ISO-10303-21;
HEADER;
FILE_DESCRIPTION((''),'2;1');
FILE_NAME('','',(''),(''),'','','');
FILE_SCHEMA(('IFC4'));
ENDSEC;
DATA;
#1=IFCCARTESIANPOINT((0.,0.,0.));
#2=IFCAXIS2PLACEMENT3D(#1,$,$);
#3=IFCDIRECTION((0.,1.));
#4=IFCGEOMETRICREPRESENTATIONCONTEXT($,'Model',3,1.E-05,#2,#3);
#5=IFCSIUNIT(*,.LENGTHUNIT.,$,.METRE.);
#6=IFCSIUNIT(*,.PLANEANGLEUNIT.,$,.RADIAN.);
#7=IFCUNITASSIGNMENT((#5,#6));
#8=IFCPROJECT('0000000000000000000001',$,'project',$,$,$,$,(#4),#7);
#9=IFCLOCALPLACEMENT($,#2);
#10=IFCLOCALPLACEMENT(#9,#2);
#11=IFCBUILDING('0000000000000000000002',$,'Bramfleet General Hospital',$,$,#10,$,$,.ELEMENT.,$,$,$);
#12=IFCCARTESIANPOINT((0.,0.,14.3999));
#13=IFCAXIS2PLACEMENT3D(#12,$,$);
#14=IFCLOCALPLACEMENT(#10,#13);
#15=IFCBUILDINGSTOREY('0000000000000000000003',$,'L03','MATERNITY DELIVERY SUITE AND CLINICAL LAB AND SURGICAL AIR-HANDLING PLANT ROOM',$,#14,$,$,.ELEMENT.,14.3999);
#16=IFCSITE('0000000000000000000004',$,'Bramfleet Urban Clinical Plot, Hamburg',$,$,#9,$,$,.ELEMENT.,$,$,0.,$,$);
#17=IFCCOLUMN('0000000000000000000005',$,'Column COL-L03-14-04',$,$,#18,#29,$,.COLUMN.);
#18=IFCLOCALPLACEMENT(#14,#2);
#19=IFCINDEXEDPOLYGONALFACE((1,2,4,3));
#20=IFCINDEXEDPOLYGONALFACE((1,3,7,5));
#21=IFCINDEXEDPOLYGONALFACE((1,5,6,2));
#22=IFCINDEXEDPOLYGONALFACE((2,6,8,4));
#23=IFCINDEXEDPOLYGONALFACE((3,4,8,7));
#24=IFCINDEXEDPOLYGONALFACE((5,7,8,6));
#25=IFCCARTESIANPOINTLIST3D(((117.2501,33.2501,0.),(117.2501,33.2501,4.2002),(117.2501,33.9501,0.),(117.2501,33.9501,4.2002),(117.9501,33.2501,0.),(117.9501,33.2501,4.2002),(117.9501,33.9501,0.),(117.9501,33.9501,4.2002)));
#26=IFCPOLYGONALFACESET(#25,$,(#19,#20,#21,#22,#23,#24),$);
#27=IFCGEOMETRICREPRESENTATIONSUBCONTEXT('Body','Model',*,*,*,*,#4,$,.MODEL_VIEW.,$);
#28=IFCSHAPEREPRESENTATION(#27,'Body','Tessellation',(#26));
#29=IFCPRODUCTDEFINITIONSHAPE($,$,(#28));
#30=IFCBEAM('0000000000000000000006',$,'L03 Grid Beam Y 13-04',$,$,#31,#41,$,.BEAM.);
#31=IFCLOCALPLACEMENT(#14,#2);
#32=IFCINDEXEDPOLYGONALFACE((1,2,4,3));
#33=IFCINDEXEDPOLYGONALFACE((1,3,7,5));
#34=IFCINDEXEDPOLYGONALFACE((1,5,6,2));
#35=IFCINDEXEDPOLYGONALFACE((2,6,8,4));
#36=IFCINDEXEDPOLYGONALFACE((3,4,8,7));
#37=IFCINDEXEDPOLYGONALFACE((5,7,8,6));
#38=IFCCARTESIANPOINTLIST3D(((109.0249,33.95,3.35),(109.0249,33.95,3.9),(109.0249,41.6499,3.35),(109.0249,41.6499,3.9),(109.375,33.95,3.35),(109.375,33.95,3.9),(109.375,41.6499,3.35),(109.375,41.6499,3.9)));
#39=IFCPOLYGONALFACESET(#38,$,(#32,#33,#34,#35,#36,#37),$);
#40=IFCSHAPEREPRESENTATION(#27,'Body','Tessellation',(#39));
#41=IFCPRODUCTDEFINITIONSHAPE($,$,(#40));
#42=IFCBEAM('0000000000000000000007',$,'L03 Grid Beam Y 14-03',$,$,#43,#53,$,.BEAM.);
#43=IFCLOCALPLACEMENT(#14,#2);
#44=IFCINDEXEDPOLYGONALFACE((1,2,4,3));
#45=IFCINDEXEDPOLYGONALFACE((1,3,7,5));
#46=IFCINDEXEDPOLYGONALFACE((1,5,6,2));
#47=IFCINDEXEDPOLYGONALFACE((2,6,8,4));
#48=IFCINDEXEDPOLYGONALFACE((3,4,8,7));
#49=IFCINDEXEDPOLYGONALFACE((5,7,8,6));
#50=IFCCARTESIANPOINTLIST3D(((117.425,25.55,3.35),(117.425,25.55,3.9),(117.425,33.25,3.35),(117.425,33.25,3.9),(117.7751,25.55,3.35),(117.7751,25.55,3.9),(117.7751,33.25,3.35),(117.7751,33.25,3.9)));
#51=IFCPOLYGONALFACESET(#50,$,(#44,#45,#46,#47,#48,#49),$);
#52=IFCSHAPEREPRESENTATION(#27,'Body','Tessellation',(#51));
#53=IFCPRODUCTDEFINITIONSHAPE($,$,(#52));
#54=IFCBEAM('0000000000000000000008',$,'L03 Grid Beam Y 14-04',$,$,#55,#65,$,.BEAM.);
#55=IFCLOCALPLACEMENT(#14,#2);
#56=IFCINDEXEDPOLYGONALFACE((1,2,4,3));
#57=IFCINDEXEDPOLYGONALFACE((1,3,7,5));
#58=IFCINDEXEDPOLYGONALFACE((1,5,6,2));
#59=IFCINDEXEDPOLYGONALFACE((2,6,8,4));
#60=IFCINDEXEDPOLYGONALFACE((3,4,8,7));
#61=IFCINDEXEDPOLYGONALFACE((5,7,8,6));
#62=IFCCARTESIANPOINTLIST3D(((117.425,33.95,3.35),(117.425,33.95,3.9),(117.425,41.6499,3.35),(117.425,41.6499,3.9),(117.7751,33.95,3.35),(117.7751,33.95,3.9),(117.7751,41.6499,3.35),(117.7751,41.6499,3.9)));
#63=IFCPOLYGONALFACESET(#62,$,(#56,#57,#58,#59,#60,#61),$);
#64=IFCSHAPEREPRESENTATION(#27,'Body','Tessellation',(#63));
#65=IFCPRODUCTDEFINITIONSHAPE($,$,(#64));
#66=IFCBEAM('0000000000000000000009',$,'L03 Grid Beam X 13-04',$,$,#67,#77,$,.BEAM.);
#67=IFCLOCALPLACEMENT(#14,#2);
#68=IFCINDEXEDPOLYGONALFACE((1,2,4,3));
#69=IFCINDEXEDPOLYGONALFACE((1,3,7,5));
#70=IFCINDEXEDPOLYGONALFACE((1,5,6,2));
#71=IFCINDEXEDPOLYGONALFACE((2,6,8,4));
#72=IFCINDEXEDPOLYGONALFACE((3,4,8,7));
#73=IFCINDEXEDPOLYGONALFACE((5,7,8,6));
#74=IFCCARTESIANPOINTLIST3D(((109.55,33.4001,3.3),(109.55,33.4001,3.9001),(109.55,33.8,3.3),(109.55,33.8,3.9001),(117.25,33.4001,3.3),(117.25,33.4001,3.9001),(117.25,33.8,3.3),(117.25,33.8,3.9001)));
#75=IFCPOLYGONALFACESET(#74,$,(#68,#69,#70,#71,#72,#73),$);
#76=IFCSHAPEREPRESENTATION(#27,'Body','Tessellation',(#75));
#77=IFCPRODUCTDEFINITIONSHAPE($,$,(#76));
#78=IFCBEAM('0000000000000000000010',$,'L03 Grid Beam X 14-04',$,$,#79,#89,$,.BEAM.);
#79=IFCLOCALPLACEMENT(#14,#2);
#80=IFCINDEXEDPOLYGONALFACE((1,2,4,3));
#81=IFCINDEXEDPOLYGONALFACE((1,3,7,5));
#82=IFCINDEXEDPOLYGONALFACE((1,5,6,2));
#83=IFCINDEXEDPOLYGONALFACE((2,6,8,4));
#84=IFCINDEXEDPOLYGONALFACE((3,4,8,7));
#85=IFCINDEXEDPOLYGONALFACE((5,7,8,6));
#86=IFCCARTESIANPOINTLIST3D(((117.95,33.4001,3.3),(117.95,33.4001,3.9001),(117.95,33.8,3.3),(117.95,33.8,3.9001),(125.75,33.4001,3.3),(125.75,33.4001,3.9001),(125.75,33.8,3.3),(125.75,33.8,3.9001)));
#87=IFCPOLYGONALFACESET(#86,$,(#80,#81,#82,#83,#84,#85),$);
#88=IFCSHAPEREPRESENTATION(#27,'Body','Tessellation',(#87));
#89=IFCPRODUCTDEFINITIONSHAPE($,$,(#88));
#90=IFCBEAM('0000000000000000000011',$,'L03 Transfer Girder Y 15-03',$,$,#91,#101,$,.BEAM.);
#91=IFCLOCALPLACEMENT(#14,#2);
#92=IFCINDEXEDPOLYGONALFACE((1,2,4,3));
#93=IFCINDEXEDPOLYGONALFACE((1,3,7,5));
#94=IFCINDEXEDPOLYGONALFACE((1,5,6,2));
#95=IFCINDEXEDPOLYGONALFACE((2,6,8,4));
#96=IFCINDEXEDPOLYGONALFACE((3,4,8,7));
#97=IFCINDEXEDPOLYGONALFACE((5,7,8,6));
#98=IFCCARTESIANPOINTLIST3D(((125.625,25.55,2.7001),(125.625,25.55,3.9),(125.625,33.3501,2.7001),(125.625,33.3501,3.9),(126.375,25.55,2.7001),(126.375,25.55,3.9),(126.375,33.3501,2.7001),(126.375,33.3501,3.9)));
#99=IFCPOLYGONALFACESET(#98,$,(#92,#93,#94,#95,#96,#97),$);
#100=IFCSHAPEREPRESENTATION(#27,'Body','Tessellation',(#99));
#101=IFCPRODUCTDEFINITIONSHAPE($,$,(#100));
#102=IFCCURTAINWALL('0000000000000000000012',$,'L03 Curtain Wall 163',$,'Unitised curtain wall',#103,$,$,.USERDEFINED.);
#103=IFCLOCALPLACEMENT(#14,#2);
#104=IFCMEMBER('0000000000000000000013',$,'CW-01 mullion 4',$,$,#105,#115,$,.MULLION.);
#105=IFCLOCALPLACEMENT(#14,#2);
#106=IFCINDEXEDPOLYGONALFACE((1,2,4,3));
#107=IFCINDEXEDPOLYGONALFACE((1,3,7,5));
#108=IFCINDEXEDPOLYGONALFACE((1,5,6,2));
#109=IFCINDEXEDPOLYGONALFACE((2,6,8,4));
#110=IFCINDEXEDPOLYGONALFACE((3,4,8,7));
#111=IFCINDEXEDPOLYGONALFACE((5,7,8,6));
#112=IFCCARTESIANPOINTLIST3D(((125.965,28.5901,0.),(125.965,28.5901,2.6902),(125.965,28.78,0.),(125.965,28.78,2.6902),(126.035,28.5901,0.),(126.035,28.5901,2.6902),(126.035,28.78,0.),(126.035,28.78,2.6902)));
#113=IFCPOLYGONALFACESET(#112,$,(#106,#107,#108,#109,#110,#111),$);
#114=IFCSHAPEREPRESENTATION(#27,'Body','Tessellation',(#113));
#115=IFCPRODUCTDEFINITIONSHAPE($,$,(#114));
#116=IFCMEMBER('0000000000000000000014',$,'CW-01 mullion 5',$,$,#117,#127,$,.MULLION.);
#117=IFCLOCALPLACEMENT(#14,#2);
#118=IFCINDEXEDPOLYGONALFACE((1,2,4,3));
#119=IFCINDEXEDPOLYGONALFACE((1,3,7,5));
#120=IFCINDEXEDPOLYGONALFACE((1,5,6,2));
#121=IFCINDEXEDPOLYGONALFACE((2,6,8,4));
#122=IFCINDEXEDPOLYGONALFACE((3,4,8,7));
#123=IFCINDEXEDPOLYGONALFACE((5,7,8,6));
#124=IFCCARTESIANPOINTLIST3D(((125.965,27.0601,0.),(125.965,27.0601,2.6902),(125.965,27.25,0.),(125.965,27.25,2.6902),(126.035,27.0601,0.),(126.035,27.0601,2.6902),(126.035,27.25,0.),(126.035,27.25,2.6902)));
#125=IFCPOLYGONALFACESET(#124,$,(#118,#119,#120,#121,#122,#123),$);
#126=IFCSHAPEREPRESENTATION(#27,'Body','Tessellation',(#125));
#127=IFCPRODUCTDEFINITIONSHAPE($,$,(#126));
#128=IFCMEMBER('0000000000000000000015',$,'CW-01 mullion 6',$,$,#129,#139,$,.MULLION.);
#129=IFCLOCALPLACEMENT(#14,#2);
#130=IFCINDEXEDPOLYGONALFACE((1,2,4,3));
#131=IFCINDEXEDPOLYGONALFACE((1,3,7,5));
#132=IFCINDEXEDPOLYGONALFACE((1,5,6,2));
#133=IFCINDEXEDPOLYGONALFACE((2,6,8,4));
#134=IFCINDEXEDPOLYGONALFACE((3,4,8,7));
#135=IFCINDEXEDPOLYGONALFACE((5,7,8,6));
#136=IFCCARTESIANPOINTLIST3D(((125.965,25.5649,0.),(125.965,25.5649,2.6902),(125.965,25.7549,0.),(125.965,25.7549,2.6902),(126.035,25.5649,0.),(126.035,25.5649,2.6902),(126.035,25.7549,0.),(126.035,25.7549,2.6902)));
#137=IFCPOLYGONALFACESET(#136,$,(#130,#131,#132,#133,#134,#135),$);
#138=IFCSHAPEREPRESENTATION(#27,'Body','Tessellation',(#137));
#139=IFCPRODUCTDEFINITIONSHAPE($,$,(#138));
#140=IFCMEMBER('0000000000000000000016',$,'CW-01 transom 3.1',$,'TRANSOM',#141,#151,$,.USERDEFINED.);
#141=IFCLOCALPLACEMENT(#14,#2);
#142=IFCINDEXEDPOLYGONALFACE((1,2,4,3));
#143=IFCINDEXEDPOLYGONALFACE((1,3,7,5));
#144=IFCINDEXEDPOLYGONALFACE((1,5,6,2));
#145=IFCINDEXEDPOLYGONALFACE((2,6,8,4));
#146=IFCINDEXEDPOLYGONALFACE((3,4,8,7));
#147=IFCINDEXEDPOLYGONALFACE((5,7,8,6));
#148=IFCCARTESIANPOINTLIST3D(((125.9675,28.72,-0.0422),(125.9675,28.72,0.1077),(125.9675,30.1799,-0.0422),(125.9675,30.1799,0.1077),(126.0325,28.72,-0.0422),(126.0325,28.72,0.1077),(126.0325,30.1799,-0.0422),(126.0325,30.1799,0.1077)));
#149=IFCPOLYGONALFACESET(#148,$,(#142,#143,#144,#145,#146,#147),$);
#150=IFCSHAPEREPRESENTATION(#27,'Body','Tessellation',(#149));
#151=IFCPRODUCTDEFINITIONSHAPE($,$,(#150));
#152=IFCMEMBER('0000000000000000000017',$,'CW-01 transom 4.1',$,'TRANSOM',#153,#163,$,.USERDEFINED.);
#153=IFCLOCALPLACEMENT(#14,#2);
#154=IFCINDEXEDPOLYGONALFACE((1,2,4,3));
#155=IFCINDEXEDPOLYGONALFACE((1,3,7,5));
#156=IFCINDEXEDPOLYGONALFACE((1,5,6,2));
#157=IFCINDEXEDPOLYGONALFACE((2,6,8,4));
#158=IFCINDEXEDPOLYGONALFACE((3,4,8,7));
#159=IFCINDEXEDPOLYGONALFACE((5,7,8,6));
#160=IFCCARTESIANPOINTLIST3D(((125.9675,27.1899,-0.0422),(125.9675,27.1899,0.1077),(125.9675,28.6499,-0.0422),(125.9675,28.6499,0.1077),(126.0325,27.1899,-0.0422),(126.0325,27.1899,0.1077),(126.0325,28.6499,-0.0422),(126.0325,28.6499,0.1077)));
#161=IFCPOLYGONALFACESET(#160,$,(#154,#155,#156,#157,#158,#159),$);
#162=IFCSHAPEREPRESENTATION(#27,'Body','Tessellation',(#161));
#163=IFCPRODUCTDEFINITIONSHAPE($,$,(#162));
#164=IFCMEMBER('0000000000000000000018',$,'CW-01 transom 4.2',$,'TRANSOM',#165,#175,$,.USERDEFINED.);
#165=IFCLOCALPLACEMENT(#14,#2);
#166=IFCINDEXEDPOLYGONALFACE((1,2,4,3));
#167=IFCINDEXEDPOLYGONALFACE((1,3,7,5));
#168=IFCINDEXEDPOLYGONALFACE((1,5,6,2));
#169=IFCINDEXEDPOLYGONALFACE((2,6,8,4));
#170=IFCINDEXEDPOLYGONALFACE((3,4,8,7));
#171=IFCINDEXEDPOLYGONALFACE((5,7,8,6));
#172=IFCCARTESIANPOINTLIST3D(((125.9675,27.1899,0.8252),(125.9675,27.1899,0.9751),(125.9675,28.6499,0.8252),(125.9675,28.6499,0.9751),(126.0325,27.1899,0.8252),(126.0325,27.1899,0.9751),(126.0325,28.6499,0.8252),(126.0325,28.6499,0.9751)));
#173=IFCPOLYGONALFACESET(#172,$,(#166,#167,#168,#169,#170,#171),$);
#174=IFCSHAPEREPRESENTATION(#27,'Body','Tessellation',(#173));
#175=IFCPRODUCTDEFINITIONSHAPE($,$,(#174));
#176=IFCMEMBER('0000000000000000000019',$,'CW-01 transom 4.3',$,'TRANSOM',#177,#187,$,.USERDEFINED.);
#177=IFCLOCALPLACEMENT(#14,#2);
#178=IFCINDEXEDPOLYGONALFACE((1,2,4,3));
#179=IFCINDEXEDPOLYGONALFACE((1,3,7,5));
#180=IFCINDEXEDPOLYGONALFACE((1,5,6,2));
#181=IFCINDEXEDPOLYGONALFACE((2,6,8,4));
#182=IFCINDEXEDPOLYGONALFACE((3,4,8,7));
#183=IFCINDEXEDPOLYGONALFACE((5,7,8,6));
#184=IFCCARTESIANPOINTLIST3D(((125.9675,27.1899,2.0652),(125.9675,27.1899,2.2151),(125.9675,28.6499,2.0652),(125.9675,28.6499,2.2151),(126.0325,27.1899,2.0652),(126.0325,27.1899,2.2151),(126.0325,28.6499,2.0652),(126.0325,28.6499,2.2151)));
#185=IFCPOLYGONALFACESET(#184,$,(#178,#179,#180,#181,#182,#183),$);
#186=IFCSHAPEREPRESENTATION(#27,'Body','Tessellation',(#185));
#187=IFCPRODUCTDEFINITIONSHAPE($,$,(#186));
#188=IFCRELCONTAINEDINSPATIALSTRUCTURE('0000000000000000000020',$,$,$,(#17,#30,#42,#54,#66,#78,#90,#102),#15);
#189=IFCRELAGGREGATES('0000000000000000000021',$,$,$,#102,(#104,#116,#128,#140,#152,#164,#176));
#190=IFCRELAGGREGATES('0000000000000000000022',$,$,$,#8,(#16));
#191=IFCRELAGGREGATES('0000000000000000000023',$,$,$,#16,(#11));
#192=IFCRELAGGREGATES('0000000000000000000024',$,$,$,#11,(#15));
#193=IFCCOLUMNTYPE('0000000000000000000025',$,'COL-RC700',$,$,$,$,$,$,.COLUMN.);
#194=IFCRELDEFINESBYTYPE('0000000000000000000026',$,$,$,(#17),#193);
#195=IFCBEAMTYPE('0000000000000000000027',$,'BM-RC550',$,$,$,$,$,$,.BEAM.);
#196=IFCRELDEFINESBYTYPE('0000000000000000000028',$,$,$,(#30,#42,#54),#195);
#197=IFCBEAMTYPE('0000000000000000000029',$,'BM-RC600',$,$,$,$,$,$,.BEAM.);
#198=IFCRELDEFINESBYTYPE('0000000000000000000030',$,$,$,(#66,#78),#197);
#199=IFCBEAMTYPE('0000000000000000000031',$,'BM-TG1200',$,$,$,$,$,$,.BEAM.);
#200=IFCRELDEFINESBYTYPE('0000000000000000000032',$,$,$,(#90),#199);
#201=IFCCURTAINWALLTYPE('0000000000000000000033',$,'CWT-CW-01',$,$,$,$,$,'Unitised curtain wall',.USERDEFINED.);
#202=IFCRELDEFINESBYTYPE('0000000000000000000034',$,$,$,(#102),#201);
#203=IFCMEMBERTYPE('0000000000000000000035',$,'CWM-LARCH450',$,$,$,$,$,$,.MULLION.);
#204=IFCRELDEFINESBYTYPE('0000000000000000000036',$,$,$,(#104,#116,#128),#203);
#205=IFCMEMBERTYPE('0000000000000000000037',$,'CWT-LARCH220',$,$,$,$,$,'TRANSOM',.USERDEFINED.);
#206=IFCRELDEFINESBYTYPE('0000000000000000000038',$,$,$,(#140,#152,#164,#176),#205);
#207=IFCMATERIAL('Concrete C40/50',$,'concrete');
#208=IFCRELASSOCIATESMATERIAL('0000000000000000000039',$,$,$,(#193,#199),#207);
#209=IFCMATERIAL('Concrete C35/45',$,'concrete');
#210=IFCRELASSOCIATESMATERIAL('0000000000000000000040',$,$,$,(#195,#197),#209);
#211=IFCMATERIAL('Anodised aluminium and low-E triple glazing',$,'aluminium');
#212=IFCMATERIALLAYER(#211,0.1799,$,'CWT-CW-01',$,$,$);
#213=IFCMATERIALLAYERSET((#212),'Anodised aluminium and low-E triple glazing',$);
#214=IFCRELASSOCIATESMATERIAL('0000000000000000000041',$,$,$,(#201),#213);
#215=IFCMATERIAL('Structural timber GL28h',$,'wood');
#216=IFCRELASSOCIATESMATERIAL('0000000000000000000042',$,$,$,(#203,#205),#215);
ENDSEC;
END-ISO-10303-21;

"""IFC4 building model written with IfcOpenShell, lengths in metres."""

from ifc_helpers import new_model, si_unit, direction, frame, origin, origin_2d, place, context, subcontext, project, spatial, rectangle, extrude, material, layer, layer_set, material_profile, profile_set, type_object, element, aggregate, save


model = new_model("IFC4")

# Units and contexts
model_context = context("Model", 3, precision=1e-05, world=origin(), true_north=direction((0.0, 1.0)))
body_context = subcontext(model_context, "Body", "Model", "MODEL_VIEW")
ifc_project = project(units=[si_unit("LENGTHUNIT", "METRE"), si_unit("PLANEANGLEUNIT", "RADIAN")], contexts=[model_context])

# Site, building, storey
site_placement = place(None, origin())
site = spatial("IfcSite", under=ifc_project, at=site_placement, Name="Bramfleet Urban Clinical Plot, Hamburg", CompositionType="ELEMENT", RefElevation=0.0)
building_placement = place(site_placement, origin())
building = spatial("IfcBuilding", under=site, at=building_placement, Name="Bramfleet General Hospital", CompositionType="ELEMENT")
storey_placement = place(building_placement, frame((0.0, 0.0, 14.3999)))
storey = spatial("IfcBuildingStorey", under=building, at=storey_placement, Name="L03", Description="MATERNITY DELIVERY SUITE AND CLINICAL LAB AND SURGICAL AIR-HANDLING PLANT ROOM", CompositionType="ELEMENT", Elevation=14.3999)

# Column
ifc_material_1 = material(Name="Concrete C40/50", Category="concrete")
ifc_material_profile_1 = material_profile(ifc_material_1, rectangle(XDim=0.7, YDim=0.7, at=origin_2d()), Name="RC COL 700x700")
ifc_profile_set_1 = profile_set([ifc_material_profile_1], Name="Concrete C40/50")
column_type = type_object("IfcColumnType", Name="COL-RC700", PredefinedType="COLUMN", material=ifc_profile_set_1)
column_placement = place(storey_placement, frame((117.6001, 33.6001, 0.0), z_axis=(0.0, 0.0, 1.0), x_axis=(1.0, 0.0, 0.0)))
element("IfcColumn", 1, at=column_placement, inside=storey, type_object=column_type, Name="Column COL-L03-14-04", PredefinedType="COLUMN", context=body_context, shape_type="SweptSolid", body=[
    extrude(rectangle(XDim=0.7, YDim=0.7, at=origin_2d()), origin(), (0.0, 0.0, 1.0), 4.2002),
])

# Beams
ifc_material_2 = material(Name="Concrete C35/45", Category="concrete")
ifc_material_profile_2 = material_profile(ifc_material_2, rectangle(XDim=0.3501, YDim=0.55, at=origin_2d()), Name="RC BM 550x350")
ifc_profile_set_2 = profile_set([ifc_material_profile_2], Name="Concrete C35/45")
beam_type_1 = type_object("IfcBeamType", Name="BM-RC550", PredefinedType="BEAM", material=ifc_profile_set_2)
for number, where, z_axis, x_axis, name in (
    (2, (109.2, 33.95, 3.625), (0.0, 1.0, 0.0), (-1.0, 0.0, 0.0), "L03 Grid Beam Y 13-04"),
    (3, (117.6001, 25.55, 3.625), (0.0, 1.0, 0.0), (-1.0, 0.0, 0.0), "L03 Grid Beam Y 14-03"),
    (4, (117.6001, 33.95, 3.625), (0.0, 1.0, 0.0), (-1.0, 0.0, 0.0), "L03 Grid Beam Y 14-04"),
):
    element("IfcBeam", number, at=place(storey_placement, frame(where, z_axis=z_axis, x_axis=x_axis)), inside=storey, type_object=beam_type_1, Name=name, PredefinedType="BEAM", context=body_context, shape_type="SweptSolid", body=[
        extrude(rectangle(XDim=0.3501, YDim=0.55, at=origin_2d()), origin(), (0.0, 0.0, 1.0), 7.7),
    ])
ifc_material_profile_3 = material_profile(ifc_material_2, rectangle(XDim=0.3999, YDim=0.6001, at=origin_2d()), Name="RC BM 600x400")
ifc_profile_set_3 = profile_set([ifc_material_profile_3], Name="Concrete C35/45")
beam_type_2 = type_object("IfcBeamType", Name="BM-RC600", PredefinedType="BEAM", material=ifc_profile_set_3)
beam_1_placement = place(storey_placement, frame((109.55, 33.6001, 3.6001), z_axis=(1.0, 0.0, 0.0), x_axis=(0.0, 1.0, 0.0)))
element("IfcBeam", 5, at=beam_1_placement, inside=storey, type_object=beam_type_2, Name="L03 Grid Beam X 13-04", PredefinedType="BEAM", context=body_context, shape_type="SweptSolid", body=[
    extrude(rectangle(XDim=0.3999, YDim=0.6001, at=origin_2d()), origin(), (0.0, 0.0, 1.0), 7.7),
])
beam_2_placement = place(storey_placement, frame((117.95, 33.6001, 3.6001), z_axis=(1.0, 0.0, 0.0), x_axis=(0.0, 1.0, 0.0)))
element("IfcBeam", 6, at=beam_2_placement, inside=storey, type_object=beam_type_2, Name="L03 Grid Beam X 14-04", PredefinedType="BEAM", context=body_context, shape_type="SweptSolid", body=[
    extrude(rectangle(XDim=0.3999, YDim=0.6001, at=origin_2d()), origin(), (0.0, 0.0, 1.0), 7.8),
])
ifc_material_profile_4 = material_profile(ifc_material_1, rectangle(XDim=0.75, YDim=1.2, at=origin_2d()), Name="RC TG 1200x750")
ifc_profile_set_4 = profile_set([ifc_material_profile_4], Name="Concrete C40/50")
beam_type_3 = type_object("IfcBeamType", Name="BM-TG1200", PredefinedType="BEAM", material=ifc_profile_set_4)
beam_3_placement = place(storey_placement, frame((126.0, 25.55, 3.3), z_axis=(0.0, 1.0, 0.0), x_axis=(-1.0, 0.0, 0.0)))
element("IfcBeam", 7, at=beam_3_placement, inside=storey, type_object=beam_type_3, Name="L03 Transfer Girder Y 15-03", PredefinedType="BEAM", context=body_context, shape_type="SweptSolid", body=[
    extrude(rectangle(XDim=0.75, YDim=1.2, at=origin_2d()), origin(), (0.0, 0.0, 1.0), 7.8),
])

# Curtain wall, members
ifc_material_3 = material(Name="Anodised aluminium and low-E triple glazing", Category="aluminium")
ifc_layer_1 = layer(ifc_material_3, 0.1799, Name="CWT-CW-01")
ifc_layer_set_1 = layer_set([ifc_layer_1], Name="Anodised aluminium and low-E triple glazing")
curtain_wall_type = type_object("IfcCurtainWallType", Name="CWT-CW-01", ElementType="Unitised curtain wall", PredefinedType="USERDEFINED", material=ifc_layer_set_1)
curtain_wall_placement = place(storey_placement, origin())
curtain_wall = element("IfcCurtainWall", 8, at=curtain_wall_placement, inside=storey, type_object=curtain_wall_type, Name="L03 Curtain Wall 163", ObjectType="Unitised curtain wall", PredefinedType="USERDEFINED")
ifc_material_4 = material(Name="Structural timber GL28h", Category="wood")
ifc_material_profile_5 = material_profile(ifc_material_4, rectangle(XDim=0.0701, YDim=0.1899, at=origin_2d()), Name="LARCH 190x70")
ifc_profile_set_5 = profile_set([ifc_material_profile_5], Name="Structural timber GL28h")
member_type_1 = type_object("IfcMemberType", Name="CWM-LARCH450", PredefinedType="MULLION", material=ifc_profile_set_5)
member_1_placement = place(storey_placement, frame((126.0, 28.6851, 0.0), z_axis=(0.0, 0.0, 1.0), x_axis=(1.0, 0.0, 0.0)))
member_1 = element("IfcMember", 9, at=member_1_placement, type_object=member_type_1, Name="CW-01 mullion 4", PredefinedType="MULLION", context=body_context, shape_type="SweptSolid", body=[
    extrude(rectangle(XDim=0.0701, YDim=0.1899, at=origin_2d()), origin(), (0.0, 0.0, 1.0), 2.6902),
])
member_2_placement = place(storey_placement, frame((126.0, 27.155, 0.0), z_axis=(0.0, 0.0, 1.0), x_axis=(1.0, 0.0, 0.0)))
member_2 = element("IfcMember", 10, at=member_2_placement, type_object=member_type_1, Name="CW-01 mullion 5", PredefinedType="MULLION", context=body_context, shape_type="SweptSolid", body=[
    extrude(rectangle(XDim=0.0701, YDim=0.1899, at=origin_2d()), origin(), (0.0, 0.0, 1.0), 2.6902),
])
member_3_placement = place(storey_placement, frame((126.0, 25.6599, 0.0), z_axis=(0.0, 0.0, 1.0), x_axis=(1.0, 0.0, 0.0)))
member_3 = element("IfcMember", 11, at=member_3_placement, type_object=member_type_1, Name="CW-01 mullion 6", PredefinedType="MULLION", context=body_context, shape_type="SweptSolid", body=[
    extrude(rectangle(XDim=0.0701, YDim=0.1899, at=origin_2d()), origin(), (0.0, 0.0, 1.0), 2.6902),
])
ifc_material_profile_6 = material_profile(ifc_material_4, rectangle(XDim=0.0649, YDim=0.1499, at=origin_2d()), Name="LARCH 150x65")
ifc_profile_set_6 = profile_set([ifc_material_profile_6], Name="Structural timber GL28h")
member_type_2 = type_object("IfcMemberType", Name="CWT-LARCH220", ElementType="TRANSOM", PredefinedType="USERDEFINED", material=ifc_profile_set_6)
member_4_placement = place(storey_placement, frame((126.0, 30.1799, 0.0327), z_axis=(0.0, -1.0, 0.0), x_axis=(1.0, 0.0, 0.0)))
member_4 = element("IfcMember", 12, at=member_4_placement, type_object=member_type_2, Name="CW-01 transom 3.1", ObjectType="TRANSOM", PredefinedType="USERDEFINED", context=body_context, shape_type="SweptSolid", body=[
    extrude(rectangle(XDim=0.0649, YDim=0.1499, at=origin_2d()), origin(), (0.0, 0.0, 1.0), 1.46),
])
member_5_placement = place(storey_placement, frame((126.0, 28.6499, 0.0327), z_axis=(0.0, -1.0, 0.0), x_axis=(1.0, 0.0, 0.0)))
member_5 = element("IfcMember", 13, at=member_5_placement, type_object=member_type_2, Name="CW-01 transom 4.1", ObjectType="TRANSOM", PredefinedType="USERDEFINED", context=body_context, shape_type="SweptSolid", body=[
    extrude(rectangle(XDim=0.0649, YDim=0.1499, at=origin_2d()), origin(), (0.0, 0.0, 1.0), 1.46),
])
member_6_placement = place(storey_placement, frame((126.0, 28.6499, 0.9001), z_axis=(0.0, -1.0, 0.0), x_axis=(1.0, 0.0, 0.0)))
member_6 = element("IfcMember", 14, at=member_6_placement, type_object=member_type_2, Name="CW-01 transom 4.2", ObjectType="TRANSOM", PredefinedType="USERDEFINED", context=body_context, shape_type="SweptSolid", body=[
    extrude(rectangle(XDim=0.0649, YDim=0.1499, at=origin_2d()), origin(), (0.0, 0.0, 1.0), 1.46),
])
member_7_placement = place(storey_placement, frame((126.0, 28.6499, 2.1401), z_axis=(0.0, -1.0, 0.0), x_axis=(1.0, 0.0, 0.0)))
member_7 = element("IfcMember", 15, at=member_7_placement, type_object=member_type_2, Name="CW-01 transom 4.3", ObjectType="TRANSOM", PredefinedType="USERDEFINED", context=body_context, shape_type="SweptSolid", body=[
    extrude(rectangle(XDim=0.0649, YDim=0.1499, at=origin_2d()), origin(), (0.0, 0.0, 1.0), 1.46),
])
aggregate(curtain_wall, [member_1, member_2, member_3, member_4, member_5, member_6, member_7])

save(model, "model.ifc")
